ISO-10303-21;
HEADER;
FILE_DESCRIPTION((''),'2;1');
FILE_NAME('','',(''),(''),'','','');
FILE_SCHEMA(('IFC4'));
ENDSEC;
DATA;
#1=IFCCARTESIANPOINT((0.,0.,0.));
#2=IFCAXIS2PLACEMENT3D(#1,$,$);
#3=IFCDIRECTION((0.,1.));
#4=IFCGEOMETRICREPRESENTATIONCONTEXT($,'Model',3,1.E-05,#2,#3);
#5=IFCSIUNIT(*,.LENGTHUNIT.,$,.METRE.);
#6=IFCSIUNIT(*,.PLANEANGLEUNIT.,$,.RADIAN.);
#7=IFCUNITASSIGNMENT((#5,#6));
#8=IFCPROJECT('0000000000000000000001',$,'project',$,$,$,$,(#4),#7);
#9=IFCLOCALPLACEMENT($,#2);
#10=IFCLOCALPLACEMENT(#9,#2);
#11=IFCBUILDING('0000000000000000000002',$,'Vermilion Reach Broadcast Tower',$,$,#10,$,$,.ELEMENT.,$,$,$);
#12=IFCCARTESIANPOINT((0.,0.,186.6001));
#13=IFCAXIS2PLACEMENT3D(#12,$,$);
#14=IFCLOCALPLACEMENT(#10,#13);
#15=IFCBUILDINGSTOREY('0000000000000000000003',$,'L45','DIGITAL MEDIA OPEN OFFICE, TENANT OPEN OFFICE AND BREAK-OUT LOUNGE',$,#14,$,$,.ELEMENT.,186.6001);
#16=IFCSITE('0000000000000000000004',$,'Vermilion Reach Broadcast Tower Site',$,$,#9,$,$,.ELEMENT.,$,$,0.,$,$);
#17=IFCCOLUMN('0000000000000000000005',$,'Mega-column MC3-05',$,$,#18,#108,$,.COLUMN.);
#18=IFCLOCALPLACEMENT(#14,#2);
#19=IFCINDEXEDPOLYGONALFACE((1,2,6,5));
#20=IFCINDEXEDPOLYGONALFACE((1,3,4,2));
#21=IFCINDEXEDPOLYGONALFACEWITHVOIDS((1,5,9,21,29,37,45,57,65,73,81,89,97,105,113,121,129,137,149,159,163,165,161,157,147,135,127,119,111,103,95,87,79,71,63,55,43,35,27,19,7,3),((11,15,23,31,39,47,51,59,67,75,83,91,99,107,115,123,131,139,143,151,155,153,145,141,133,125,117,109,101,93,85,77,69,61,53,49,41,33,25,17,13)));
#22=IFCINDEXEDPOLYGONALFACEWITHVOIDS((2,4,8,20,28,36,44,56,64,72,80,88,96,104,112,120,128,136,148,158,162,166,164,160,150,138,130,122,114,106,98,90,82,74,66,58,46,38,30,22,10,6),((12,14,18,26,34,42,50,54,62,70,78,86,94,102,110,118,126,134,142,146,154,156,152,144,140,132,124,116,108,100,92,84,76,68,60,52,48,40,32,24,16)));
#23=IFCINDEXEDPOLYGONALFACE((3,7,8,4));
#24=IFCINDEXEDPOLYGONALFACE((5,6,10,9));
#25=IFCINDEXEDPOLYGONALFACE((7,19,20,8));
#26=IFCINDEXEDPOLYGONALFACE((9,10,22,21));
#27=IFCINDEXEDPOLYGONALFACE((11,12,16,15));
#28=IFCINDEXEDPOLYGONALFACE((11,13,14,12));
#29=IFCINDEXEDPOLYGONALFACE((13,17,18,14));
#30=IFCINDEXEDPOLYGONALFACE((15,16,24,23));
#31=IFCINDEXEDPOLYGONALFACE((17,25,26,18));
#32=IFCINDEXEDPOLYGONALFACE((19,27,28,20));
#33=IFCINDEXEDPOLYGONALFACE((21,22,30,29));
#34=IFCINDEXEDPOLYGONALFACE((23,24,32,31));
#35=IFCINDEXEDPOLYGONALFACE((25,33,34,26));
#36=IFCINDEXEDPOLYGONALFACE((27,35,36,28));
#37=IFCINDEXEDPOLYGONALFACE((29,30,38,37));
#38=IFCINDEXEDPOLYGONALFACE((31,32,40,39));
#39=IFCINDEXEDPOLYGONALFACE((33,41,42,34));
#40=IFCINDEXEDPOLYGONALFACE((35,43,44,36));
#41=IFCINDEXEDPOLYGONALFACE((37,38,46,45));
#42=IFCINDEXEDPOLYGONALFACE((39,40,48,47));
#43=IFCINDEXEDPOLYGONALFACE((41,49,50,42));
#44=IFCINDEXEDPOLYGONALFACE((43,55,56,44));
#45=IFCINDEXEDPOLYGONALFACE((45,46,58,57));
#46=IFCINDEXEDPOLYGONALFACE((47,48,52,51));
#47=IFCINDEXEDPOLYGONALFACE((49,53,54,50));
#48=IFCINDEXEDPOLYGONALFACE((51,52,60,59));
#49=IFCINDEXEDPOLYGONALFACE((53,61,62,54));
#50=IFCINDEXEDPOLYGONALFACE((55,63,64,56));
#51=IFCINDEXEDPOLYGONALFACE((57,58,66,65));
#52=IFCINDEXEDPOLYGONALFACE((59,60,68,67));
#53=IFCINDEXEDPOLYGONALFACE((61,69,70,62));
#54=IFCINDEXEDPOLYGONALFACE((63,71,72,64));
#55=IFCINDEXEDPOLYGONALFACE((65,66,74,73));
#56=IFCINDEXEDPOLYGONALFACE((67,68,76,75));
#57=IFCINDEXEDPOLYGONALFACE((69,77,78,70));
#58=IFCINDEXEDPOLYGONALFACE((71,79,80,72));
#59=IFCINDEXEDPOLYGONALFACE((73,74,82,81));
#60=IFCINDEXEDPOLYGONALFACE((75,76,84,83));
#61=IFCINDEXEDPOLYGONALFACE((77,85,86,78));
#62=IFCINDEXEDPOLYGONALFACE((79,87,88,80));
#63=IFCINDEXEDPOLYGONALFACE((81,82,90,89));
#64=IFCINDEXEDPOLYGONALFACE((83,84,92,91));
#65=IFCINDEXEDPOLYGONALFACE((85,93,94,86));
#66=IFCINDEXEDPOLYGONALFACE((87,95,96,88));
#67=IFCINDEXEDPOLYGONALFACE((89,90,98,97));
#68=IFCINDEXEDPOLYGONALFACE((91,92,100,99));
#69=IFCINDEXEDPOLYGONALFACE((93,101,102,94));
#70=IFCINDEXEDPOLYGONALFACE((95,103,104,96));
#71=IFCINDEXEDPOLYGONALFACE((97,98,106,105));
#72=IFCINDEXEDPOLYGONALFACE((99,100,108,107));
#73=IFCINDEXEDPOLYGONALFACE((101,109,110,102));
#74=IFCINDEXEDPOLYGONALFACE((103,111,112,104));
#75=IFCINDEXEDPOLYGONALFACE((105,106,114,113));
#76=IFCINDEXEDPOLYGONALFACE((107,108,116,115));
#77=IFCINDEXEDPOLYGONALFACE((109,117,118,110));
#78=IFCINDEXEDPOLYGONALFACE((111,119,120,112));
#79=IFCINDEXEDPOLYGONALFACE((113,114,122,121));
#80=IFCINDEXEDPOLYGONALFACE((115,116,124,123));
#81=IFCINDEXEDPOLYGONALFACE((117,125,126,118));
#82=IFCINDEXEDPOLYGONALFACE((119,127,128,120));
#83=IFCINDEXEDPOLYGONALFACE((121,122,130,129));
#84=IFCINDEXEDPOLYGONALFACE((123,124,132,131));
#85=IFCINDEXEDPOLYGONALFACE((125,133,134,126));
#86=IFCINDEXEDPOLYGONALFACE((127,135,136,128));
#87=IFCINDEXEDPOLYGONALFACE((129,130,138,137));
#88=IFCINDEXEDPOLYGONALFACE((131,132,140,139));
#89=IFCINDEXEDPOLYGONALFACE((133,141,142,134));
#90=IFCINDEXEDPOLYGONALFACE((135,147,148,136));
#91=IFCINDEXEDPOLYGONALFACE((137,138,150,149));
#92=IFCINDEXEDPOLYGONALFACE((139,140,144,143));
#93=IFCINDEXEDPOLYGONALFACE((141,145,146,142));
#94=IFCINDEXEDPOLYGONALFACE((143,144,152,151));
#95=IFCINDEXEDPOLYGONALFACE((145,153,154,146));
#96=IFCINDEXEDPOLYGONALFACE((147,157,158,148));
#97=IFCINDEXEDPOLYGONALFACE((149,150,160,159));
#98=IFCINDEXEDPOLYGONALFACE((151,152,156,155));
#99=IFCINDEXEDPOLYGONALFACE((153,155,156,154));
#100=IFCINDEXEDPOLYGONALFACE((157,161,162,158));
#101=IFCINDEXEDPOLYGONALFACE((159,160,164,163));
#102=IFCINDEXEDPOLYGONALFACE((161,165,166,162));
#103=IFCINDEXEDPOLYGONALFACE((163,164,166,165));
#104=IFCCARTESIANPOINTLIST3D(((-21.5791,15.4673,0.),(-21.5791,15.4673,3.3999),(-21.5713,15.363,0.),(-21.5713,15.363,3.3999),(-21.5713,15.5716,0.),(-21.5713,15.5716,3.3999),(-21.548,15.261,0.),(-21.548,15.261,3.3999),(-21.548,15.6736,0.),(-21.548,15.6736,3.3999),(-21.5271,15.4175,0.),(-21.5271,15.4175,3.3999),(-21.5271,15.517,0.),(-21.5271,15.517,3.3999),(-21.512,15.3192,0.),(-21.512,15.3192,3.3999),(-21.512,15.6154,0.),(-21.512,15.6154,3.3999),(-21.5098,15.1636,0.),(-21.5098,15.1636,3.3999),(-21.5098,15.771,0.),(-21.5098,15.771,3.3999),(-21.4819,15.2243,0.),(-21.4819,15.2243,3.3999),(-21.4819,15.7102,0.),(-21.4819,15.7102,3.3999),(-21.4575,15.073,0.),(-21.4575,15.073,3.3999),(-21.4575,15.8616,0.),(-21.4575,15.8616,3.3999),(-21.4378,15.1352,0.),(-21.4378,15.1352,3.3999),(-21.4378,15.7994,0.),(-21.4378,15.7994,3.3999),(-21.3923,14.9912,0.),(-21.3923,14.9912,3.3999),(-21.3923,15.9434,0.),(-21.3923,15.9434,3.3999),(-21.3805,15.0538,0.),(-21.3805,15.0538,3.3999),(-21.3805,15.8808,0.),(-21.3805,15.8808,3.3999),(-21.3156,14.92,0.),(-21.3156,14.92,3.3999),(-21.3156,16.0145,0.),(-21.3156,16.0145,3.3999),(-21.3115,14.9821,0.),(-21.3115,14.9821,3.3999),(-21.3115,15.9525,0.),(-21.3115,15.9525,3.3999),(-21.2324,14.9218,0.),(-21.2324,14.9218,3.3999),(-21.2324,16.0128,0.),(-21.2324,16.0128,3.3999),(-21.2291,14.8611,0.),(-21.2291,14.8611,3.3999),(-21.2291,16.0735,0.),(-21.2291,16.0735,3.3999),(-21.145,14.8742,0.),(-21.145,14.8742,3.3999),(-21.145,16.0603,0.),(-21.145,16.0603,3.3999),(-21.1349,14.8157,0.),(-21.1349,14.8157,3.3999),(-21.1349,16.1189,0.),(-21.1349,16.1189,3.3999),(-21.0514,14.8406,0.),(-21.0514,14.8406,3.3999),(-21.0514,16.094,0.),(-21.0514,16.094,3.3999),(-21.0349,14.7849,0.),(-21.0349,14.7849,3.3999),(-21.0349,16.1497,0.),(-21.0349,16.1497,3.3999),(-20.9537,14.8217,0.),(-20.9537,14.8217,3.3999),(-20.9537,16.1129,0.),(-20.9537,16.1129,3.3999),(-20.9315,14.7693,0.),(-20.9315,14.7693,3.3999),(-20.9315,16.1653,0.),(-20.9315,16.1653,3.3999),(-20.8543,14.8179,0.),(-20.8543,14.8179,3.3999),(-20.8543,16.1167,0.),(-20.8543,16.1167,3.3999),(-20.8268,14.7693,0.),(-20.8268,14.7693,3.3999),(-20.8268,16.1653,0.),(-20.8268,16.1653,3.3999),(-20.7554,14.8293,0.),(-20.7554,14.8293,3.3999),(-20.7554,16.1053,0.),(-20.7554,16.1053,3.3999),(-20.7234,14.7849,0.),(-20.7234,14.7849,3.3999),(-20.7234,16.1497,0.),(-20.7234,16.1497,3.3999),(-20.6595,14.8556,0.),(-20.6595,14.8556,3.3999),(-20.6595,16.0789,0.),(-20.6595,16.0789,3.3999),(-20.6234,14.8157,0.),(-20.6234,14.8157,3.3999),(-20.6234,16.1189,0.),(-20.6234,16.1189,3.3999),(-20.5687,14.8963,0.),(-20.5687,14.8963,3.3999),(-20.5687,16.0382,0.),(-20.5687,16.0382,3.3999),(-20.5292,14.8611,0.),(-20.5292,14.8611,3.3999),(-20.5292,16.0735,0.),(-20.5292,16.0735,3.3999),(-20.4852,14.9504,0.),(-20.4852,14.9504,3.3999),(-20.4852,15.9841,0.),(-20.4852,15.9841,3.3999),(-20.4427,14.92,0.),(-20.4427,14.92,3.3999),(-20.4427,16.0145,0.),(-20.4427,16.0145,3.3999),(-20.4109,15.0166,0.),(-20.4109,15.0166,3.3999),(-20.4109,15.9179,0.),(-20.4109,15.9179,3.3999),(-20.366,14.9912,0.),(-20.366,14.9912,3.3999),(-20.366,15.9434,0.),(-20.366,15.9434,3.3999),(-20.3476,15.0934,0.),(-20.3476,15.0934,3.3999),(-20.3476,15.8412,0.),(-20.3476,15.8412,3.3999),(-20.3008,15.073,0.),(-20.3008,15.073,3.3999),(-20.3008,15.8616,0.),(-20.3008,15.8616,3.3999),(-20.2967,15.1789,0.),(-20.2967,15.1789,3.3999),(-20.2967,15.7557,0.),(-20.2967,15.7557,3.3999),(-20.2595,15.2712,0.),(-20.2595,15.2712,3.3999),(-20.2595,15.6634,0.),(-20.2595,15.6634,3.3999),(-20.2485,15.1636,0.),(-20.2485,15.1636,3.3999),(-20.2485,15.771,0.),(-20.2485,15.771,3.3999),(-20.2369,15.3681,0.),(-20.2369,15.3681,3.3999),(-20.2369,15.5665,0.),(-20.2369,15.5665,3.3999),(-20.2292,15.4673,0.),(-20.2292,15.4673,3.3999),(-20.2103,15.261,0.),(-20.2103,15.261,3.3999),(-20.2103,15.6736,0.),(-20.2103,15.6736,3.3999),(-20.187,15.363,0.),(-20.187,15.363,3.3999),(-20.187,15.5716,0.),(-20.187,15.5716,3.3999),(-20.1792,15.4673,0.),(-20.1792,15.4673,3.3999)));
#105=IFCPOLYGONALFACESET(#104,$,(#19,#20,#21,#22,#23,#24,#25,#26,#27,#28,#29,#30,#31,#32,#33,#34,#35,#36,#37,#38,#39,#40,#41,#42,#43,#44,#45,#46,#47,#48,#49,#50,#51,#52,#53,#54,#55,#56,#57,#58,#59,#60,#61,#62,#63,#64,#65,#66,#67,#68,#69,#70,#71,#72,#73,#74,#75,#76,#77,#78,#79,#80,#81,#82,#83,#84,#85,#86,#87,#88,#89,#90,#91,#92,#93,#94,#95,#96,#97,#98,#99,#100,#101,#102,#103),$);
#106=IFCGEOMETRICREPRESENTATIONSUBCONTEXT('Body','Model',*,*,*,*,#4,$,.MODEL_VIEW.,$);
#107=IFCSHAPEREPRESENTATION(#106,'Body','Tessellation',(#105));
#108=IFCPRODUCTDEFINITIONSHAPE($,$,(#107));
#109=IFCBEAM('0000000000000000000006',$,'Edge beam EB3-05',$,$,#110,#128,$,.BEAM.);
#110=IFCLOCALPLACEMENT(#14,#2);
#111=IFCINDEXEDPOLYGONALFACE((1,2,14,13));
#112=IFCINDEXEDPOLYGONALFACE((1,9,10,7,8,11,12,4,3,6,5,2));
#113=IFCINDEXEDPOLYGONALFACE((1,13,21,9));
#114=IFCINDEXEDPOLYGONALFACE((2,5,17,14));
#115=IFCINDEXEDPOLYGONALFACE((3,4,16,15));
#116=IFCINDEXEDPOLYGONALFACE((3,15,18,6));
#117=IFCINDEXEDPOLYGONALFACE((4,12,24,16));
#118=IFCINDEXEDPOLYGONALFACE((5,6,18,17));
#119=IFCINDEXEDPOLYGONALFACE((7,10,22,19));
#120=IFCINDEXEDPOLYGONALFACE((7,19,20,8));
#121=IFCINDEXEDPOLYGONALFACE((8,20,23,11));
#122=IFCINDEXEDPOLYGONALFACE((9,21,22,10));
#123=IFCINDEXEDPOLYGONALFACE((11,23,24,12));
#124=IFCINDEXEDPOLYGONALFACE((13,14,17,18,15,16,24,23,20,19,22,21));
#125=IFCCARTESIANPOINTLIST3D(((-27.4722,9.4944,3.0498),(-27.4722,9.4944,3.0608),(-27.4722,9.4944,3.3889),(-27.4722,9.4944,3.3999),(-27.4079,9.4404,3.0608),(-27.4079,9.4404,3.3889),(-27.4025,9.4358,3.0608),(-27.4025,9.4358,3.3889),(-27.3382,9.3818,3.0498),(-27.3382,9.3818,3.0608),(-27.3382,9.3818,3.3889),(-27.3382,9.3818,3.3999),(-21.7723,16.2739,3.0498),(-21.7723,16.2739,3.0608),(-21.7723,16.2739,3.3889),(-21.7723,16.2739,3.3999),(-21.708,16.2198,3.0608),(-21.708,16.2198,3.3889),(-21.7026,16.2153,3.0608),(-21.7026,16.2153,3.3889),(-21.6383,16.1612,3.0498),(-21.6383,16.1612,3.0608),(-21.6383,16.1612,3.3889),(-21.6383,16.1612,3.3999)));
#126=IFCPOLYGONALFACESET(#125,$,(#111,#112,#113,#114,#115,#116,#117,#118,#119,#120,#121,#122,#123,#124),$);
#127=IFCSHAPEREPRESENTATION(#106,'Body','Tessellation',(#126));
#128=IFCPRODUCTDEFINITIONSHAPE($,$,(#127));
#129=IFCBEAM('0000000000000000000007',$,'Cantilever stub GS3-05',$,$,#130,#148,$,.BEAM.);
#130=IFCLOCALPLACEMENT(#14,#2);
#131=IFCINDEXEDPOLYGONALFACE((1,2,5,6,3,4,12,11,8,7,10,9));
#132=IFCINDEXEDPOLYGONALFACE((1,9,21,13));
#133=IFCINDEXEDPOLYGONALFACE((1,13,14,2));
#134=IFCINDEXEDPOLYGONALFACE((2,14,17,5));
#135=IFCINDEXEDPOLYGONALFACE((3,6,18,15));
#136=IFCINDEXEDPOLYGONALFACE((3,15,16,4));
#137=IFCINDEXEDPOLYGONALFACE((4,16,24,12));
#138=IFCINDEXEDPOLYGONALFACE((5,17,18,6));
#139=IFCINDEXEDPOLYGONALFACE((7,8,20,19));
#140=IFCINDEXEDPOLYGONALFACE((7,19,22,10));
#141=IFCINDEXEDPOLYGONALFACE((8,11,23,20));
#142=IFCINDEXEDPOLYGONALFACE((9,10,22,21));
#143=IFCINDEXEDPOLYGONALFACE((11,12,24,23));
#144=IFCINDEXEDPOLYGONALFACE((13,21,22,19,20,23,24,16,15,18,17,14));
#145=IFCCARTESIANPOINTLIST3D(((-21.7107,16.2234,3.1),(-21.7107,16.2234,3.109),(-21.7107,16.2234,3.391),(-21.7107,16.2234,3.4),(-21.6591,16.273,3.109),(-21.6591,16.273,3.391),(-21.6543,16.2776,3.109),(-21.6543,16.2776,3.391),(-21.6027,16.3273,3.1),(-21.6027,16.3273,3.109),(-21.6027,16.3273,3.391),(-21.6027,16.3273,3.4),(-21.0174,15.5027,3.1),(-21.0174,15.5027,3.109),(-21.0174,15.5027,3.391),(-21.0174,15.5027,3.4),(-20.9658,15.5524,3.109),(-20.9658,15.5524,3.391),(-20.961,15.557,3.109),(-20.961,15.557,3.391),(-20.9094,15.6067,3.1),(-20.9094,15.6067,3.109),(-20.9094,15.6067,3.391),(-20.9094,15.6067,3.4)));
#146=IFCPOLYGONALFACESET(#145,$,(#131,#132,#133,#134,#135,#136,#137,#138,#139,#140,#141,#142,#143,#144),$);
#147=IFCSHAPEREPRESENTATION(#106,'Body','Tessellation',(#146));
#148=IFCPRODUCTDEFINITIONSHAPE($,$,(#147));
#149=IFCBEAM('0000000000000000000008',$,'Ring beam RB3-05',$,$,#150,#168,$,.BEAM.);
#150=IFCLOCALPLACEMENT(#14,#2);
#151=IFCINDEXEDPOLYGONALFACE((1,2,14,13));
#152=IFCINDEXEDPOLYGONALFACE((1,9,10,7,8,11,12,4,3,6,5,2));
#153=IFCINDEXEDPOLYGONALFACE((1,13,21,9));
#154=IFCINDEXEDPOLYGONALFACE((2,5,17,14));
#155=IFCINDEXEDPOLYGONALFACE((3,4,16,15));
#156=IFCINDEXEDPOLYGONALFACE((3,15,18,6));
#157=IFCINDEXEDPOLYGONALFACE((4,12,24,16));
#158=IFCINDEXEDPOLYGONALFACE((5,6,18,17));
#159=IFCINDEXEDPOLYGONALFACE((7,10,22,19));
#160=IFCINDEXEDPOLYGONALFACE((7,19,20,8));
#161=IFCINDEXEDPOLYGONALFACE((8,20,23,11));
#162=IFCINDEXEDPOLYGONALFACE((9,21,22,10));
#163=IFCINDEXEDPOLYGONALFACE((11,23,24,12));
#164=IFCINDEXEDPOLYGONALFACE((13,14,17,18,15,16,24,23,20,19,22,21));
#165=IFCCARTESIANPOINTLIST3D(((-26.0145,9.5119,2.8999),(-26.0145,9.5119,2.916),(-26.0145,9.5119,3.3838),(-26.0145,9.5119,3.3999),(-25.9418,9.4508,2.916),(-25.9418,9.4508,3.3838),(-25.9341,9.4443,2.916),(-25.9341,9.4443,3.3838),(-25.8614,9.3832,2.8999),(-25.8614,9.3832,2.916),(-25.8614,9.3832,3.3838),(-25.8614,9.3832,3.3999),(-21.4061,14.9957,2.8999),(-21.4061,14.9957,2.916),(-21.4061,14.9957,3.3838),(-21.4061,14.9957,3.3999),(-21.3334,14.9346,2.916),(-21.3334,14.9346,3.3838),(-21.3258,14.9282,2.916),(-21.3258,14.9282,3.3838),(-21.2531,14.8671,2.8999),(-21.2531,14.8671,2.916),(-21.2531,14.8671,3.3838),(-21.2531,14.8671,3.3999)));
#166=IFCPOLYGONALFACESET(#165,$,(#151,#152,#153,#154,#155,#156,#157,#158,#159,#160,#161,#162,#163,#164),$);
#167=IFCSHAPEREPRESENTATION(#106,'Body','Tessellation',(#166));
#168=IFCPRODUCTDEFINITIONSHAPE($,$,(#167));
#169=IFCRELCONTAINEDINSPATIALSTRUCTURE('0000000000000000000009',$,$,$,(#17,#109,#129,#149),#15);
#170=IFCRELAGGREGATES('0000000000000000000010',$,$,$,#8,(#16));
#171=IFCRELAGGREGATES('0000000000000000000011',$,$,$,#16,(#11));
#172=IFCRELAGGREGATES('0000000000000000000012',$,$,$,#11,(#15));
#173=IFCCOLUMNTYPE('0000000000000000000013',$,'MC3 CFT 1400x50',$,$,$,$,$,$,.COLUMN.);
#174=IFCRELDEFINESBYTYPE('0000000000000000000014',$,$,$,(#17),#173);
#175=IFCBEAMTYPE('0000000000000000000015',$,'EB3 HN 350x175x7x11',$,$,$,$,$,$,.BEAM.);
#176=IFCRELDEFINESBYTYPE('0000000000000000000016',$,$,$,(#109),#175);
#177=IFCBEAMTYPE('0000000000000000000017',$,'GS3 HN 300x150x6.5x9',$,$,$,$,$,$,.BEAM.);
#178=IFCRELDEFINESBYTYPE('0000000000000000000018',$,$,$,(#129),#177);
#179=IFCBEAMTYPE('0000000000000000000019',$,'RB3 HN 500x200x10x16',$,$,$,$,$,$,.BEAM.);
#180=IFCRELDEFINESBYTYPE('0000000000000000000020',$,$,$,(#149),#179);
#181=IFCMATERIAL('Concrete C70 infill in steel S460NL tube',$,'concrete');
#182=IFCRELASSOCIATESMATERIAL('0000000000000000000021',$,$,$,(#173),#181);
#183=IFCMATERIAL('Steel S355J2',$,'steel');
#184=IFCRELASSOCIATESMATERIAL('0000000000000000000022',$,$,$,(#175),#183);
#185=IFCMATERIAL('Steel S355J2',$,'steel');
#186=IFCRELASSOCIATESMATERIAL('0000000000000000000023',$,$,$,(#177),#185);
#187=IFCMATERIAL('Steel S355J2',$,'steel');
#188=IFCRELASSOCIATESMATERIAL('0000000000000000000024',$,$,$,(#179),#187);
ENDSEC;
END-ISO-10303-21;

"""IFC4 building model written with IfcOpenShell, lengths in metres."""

from ifc_helpers import new_model, si_unit, direction, frame, origin, origin_2d, place, context, subcontext, project, spatial, hollow_circle, i_section, extrude, material, material_profile, profile_set, type_object, element, save


model = new_model("IFC4")

# Units and contexts
model_context = context("Model", 3, precision=1e-05, world=origin(), true_north=direction((0.0, 1.0)))
body_context = subcontext(model_context, "Body", "Model", "MODEL_VIEW")
ifc_project = project(units=[si_unit("LENGTHUNIT", "METRE"), si_unit("PLANEANGLEUNIT", "RADIAN")], contexts=[model_context])

# Site, building, storey
site_placement = place(None, origin())
site = spatial("IfcSite", under=ifc_project, at=site_placement, Name="Vermilion Reach Broadcast Tower Site", CompositionType="ELEMENT", RefElevation=0.0)
building_placement = place(site_placement, origin())
building = spatial("IfcBuilding", under=site, at=building_placement, Name="Vermilion Reach Broadcast Tower", CompositionType="ELEMENT")
storey_placement = place(building_placement, frame((0.0, 0.0, 186.6001)))
storey = spatial("IfcBuildingStorey", under=building, at=storey_placement, Name="L45", Description="DIGITAL MEDIA OPEN OFFICE, TENANT OPEN OFFICE AND BREAK-OUT LOUNGE", CompositionType="ELEMENT", Elevation=186.6001)

# Column
ifc_material_1 = material(Name="Concrete C70 infill in steel S460NL tube", Category="concrete")
ifc_material_profile_1 = material_profile(ifc_material_1, hollow_circle(Radius=0.7, WallThickness=0.05, at=origin_2d()), Name="Concrete C70 infill in steel S460NL tube CFT 1400x50")
ifc_profile_set_1 = profile_set([ifc_material_profile_1], Name="Concrete C70 infill in steel S460NL tube")
column_type = type_object("IfcColumnType", Name="MC3 CFT 1400x50", PredefinedType="COLUMN", material=ifc_profile_set_1)
column_placement = place(storey_placement, frame((-20.8792, 15.4673, 0.0), z_axis=(0.0, 0.0, 1.0), x_axis=(1.0, 0.0, 0.0)))
element("IfcColumn", 1, at=column_placement, inside=storey, type_object=column_type, Name="Mega-column MC3-05", PredefinedType="COLUMN", context=body_context, shape_type="SweptSolid", body=[
    extrude(hollow_circle(Radius=0.7, WallThickness=0.05, at=origin_2d()), origin(), (0.0, 0.0, 1.0), 3.3999),
])

# Beams
ifc_material_2 = material(Name="Steel S355J2", Category="steel")
ifc_material_profile_2 = material_profile(ifc_material_2, i_section(OverallWidth=0.175, OverallDepth=0.3501, WebThickness=0.0071, FlangeThickness=0.011, at=origin_2d()), Name="S355J2 HN 350x175x7x11")
ifc_profile_set_2 = profile_set([ifc_material_profile_2], Name="Steel S355J2")
beam_type_1 = type_object("IfcBeamType", Name="EB3 HN 350x175x7x11", PredefinedType="BEAM", material=ifc_profile_set_2)
beam_1_placement = place(storey_placement, frame((-21.7053, 16.2175, 3.2249), z_axis=(-0.643532, -0.765419, 0.0), x_axis=(0.765419, -0.643532, 0.0)))
element("IfcBeam", 2, at=beam_1_placement, inside=storey, type_object=beam_type_1, Name="Edge beam EB3-05", PredefinedType="BEAM", context=body_context, shape_type="SweptSolid", body=[
    extrude(i_section(OverallWidth=0.175, OverallDepth=0.3501, WebThickness=0.0071, FlangeThickness=0.011, at=origin_2d()), origin(), (0.0, 0.0, 1.0), 8.8572),
])
ifc_material_3 = material(Name="Steel S355J2", Category="steel")
ifc_material_profile_3 = material_profile(ifc_material_3, i_section(OverallWidth=0.1499, OverallDepth=0.3, WebThickness=0.0066, FlangeThickness=0.009, at=origin_2d()), Name="S355J2 HN 300x150x6.5x9")
ifc_profile_set_3 = profile_set([ifc_material_profile_3], Name="Steel S355J2")
beam_type_2 = type_object("IfcBeamType", Name="GS3 HN 300x150x6.5x9", PredefinedType="BEAM", material=ifc_profile_set_3)
beam_2_placement = place(storey_placement, frame((-20.9634, 15.5547, 3.25), z_axis=(-0.693304, 0.720645, 0.0), x_axis=(-0.720645, -0.693304, 0.0)))
element("IfcBeam", 3, at=beam_2_placement, inside=storey, type_object=beam_type_2, Name="Cantilever stub GS3-05", PredefinedType="BEAM", context=body_context, shape_type="SweptSolid", body=[
    extrude(i_section(OverallWidth=0.1499, OverallDepth=0.3, WebThickness=0.0066, FlangeThickness=0.009, at=origin_2d()), origin(), (0.0, 0.0, 1.0), 1.0),
])
ifc_material_4 = material(Name="Steel S355J2", Category="steel")
ifc_material_profile_4 = material_profile(ifc_material_4, i_section(OverallWidth=0.2, OverallDepth=0.5, WebThickness=0.01, FlangeThickness=0.0161, at=origin_2d()), Name="S355J2 HN 500x200x10x16")
ifc_profile_set_4 = profile_set([ifc_material_profile_4], Name="Steel S355J2")
beam_type_3 = type_object("IfcBeamType", Name="RB3 HN 500x200x10x16", PredefinedType="BEAM", material=ifc_profile_set_4)
beam_3_placement = place(storey_placement, frame((-21.3296, 14.9314, 3.1499), z_axis=(-0.64335, -0.765572, 0.0), x_axis=(0.765572, -0.64335, 0.0)))
element("IfcBeam", 4, at=beam_3_placement, inside=storey, type_object=beam_type_3, Name="Ring beam RB3-05", PredefinedType="BEAM", context=body_context, shape_type="SweptSolid", body=[
    extrude(i_section(OverallWidth=0.2, OverallDepth=0.5, WebThickness=0.01, FlangeThickness=0.0161, at=origin_2d()), origin(), (0.0, 0.0, 1.0), 7.1631),
])

save(model, "model.ifc")
